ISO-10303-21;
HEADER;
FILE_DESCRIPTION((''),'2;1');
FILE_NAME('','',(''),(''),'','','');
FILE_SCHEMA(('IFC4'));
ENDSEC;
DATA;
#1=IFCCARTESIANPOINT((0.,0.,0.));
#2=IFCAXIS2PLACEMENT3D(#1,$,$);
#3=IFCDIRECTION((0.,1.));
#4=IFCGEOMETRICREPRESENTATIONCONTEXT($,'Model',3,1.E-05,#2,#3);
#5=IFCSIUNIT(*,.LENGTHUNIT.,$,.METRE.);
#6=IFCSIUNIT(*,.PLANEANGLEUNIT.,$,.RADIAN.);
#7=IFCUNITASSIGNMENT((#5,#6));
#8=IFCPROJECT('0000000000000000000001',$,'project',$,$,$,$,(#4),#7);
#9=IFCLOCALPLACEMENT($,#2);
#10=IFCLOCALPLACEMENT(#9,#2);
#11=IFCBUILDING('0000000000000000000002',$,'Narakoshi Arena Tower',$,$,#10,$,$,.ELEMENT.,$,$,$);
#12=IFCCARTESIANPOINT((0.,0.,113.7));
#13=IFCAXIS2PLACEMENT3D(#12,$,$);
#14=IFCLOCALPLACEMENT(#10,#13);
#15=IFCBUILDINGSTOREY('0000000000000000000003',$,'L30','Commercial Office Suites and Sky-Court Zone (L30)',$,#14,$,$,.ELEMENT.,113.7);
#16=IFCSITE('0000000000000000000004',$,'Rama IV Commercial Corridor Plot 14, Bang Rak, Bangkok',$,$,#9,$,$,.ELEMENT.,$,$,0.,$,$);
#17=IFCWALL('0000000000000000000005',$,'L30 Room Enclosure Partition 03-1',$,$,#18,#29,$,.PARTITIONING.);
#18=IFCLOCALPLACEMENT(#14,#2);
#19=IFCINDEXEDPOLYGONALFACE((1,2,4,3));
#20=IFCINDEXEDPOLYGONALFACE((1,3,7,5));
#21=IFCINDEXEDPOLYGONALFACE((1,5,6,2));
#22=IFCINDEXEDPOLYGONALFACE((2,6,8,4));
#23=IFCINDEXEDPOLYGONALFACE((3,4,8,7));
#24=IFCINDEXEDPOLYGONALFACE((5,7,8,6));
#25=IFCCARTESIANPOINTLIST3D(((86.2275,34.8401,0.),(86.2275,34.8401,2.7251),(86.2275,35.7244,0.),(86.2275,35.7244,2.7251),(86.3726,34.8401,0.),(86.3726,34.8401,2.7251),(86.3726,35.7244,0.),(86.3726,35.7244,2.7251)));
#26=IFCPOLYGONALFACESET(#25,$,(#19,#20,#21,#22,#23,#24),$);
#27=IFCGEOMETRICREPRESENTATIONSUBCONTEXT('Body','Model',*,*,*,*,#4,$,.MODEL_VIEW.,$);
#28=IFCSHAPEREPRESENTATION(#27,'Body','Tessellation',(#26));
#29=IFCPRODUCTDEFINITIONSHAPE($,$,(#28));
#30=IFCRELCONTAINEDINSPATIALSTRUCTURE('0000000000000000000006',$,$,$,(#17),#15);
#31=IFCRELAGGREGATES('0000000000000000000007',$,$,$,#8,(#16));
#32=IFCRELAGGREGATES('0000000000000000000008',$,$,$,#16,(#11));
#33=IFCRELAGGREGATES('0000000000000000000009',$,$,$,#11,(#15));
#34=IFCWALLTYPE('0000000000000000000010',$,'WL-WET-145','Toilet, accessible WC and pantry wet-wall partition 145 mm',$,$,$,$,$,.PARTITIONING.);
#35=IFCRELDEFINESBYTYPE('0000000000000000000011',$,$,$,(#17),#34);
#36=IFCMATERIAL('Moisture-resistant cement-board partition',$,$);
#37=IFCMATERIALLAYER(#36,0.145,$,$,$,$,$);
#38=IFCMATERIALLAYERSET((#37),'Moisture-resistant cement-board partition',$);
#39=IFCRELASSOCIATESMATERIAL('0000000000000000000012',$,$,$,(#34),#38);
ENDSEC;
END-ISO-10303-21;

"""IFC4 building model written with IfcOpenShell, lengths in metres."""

from ifc_helpers import new_model, si_unit, direction, frame, frame_2d, origin, place, context, subcontext, project, spatial, rectangle, extrude, material, layer, layer_set, type_object, element, save


model = new_model("IFC4")

# Units and contexts
model_context = context("Model", 3, precision=1e-05, world=origin(), true_north=direction((0.0, 1.0)))
body_context = subcontext(model_context, "Body", "Model", "MODEL_VIEW")
ifc_project = project(units=[si_unit("LENGTHUNIT", "METRE"), si_unit("PLANEANGLEUNIT", "RADIAN")], contexts=[model_context])

# Site, building, storey
site_placement = place(None, origin())
site = spatial("IfcSite", under=ifc_project, at=site_placement, Name="Rama IV Commercial Corridor Plot 14, Bang Rak, Bangkok", CompositionType="ELEMENT", RefElevation=0.0)
building_placement = place(site_placement, origin())
building = spatial("IfcBuilding", under=site, at=building_placement, Name="Narakoshi Arena Tower", CompositionType="ELEMENT")
storey_placement = place(building_placement, frame((0.0, 0.0, 113.7)))
storey = spatial("IfcBuildingStorey", under=building, at=storey_placement, Name="L30", Description="Commercial Office Suites and Sky-Court Zone (L30)", CompositionType="ELEMENT", Elevation=113.7)

# Wall
ifc_material_1 = material(Name="Moisture-resistant cement-board partition")
ifc_layer_1 = layer(ifc_material_1, 0.145)
ifc_layer_set_1 = layer_set([ifc_layer_1], Name="Moisture-resistant cement-board partition")
wall_type_1 = type_object("IfcWallType", Name="WL-WET-145", Description="Toilet, accessible WC and pantry wet-wall partition 145 mm", PredefinedType="PARTITIONING", material=ifc_layer_set_1)
wall_1_placement = place(storey_placement, frame((86.3, 34.8401, 0.0), z_axis=(0.0, 0.0, 1.0), x_axis=(0.0, 1.0, 0.0)))
element("IfcWall", 1, at=wall_1_placement, inside=storey, type_object=wall_type_1, Name="L30 Room Enclosure Partition 03-1", PredefinedType="PARTITIONING", context=body_context, shape_type="SweptSolid", body=[
    extrude(rectangle(XDim=0.8843, YDim=0.145, at=frame_2d((0.4421, 0.0))), origin(), (0.0, 0.0, 1.0), 2.7251),
])

save(model, "model.ifc")
